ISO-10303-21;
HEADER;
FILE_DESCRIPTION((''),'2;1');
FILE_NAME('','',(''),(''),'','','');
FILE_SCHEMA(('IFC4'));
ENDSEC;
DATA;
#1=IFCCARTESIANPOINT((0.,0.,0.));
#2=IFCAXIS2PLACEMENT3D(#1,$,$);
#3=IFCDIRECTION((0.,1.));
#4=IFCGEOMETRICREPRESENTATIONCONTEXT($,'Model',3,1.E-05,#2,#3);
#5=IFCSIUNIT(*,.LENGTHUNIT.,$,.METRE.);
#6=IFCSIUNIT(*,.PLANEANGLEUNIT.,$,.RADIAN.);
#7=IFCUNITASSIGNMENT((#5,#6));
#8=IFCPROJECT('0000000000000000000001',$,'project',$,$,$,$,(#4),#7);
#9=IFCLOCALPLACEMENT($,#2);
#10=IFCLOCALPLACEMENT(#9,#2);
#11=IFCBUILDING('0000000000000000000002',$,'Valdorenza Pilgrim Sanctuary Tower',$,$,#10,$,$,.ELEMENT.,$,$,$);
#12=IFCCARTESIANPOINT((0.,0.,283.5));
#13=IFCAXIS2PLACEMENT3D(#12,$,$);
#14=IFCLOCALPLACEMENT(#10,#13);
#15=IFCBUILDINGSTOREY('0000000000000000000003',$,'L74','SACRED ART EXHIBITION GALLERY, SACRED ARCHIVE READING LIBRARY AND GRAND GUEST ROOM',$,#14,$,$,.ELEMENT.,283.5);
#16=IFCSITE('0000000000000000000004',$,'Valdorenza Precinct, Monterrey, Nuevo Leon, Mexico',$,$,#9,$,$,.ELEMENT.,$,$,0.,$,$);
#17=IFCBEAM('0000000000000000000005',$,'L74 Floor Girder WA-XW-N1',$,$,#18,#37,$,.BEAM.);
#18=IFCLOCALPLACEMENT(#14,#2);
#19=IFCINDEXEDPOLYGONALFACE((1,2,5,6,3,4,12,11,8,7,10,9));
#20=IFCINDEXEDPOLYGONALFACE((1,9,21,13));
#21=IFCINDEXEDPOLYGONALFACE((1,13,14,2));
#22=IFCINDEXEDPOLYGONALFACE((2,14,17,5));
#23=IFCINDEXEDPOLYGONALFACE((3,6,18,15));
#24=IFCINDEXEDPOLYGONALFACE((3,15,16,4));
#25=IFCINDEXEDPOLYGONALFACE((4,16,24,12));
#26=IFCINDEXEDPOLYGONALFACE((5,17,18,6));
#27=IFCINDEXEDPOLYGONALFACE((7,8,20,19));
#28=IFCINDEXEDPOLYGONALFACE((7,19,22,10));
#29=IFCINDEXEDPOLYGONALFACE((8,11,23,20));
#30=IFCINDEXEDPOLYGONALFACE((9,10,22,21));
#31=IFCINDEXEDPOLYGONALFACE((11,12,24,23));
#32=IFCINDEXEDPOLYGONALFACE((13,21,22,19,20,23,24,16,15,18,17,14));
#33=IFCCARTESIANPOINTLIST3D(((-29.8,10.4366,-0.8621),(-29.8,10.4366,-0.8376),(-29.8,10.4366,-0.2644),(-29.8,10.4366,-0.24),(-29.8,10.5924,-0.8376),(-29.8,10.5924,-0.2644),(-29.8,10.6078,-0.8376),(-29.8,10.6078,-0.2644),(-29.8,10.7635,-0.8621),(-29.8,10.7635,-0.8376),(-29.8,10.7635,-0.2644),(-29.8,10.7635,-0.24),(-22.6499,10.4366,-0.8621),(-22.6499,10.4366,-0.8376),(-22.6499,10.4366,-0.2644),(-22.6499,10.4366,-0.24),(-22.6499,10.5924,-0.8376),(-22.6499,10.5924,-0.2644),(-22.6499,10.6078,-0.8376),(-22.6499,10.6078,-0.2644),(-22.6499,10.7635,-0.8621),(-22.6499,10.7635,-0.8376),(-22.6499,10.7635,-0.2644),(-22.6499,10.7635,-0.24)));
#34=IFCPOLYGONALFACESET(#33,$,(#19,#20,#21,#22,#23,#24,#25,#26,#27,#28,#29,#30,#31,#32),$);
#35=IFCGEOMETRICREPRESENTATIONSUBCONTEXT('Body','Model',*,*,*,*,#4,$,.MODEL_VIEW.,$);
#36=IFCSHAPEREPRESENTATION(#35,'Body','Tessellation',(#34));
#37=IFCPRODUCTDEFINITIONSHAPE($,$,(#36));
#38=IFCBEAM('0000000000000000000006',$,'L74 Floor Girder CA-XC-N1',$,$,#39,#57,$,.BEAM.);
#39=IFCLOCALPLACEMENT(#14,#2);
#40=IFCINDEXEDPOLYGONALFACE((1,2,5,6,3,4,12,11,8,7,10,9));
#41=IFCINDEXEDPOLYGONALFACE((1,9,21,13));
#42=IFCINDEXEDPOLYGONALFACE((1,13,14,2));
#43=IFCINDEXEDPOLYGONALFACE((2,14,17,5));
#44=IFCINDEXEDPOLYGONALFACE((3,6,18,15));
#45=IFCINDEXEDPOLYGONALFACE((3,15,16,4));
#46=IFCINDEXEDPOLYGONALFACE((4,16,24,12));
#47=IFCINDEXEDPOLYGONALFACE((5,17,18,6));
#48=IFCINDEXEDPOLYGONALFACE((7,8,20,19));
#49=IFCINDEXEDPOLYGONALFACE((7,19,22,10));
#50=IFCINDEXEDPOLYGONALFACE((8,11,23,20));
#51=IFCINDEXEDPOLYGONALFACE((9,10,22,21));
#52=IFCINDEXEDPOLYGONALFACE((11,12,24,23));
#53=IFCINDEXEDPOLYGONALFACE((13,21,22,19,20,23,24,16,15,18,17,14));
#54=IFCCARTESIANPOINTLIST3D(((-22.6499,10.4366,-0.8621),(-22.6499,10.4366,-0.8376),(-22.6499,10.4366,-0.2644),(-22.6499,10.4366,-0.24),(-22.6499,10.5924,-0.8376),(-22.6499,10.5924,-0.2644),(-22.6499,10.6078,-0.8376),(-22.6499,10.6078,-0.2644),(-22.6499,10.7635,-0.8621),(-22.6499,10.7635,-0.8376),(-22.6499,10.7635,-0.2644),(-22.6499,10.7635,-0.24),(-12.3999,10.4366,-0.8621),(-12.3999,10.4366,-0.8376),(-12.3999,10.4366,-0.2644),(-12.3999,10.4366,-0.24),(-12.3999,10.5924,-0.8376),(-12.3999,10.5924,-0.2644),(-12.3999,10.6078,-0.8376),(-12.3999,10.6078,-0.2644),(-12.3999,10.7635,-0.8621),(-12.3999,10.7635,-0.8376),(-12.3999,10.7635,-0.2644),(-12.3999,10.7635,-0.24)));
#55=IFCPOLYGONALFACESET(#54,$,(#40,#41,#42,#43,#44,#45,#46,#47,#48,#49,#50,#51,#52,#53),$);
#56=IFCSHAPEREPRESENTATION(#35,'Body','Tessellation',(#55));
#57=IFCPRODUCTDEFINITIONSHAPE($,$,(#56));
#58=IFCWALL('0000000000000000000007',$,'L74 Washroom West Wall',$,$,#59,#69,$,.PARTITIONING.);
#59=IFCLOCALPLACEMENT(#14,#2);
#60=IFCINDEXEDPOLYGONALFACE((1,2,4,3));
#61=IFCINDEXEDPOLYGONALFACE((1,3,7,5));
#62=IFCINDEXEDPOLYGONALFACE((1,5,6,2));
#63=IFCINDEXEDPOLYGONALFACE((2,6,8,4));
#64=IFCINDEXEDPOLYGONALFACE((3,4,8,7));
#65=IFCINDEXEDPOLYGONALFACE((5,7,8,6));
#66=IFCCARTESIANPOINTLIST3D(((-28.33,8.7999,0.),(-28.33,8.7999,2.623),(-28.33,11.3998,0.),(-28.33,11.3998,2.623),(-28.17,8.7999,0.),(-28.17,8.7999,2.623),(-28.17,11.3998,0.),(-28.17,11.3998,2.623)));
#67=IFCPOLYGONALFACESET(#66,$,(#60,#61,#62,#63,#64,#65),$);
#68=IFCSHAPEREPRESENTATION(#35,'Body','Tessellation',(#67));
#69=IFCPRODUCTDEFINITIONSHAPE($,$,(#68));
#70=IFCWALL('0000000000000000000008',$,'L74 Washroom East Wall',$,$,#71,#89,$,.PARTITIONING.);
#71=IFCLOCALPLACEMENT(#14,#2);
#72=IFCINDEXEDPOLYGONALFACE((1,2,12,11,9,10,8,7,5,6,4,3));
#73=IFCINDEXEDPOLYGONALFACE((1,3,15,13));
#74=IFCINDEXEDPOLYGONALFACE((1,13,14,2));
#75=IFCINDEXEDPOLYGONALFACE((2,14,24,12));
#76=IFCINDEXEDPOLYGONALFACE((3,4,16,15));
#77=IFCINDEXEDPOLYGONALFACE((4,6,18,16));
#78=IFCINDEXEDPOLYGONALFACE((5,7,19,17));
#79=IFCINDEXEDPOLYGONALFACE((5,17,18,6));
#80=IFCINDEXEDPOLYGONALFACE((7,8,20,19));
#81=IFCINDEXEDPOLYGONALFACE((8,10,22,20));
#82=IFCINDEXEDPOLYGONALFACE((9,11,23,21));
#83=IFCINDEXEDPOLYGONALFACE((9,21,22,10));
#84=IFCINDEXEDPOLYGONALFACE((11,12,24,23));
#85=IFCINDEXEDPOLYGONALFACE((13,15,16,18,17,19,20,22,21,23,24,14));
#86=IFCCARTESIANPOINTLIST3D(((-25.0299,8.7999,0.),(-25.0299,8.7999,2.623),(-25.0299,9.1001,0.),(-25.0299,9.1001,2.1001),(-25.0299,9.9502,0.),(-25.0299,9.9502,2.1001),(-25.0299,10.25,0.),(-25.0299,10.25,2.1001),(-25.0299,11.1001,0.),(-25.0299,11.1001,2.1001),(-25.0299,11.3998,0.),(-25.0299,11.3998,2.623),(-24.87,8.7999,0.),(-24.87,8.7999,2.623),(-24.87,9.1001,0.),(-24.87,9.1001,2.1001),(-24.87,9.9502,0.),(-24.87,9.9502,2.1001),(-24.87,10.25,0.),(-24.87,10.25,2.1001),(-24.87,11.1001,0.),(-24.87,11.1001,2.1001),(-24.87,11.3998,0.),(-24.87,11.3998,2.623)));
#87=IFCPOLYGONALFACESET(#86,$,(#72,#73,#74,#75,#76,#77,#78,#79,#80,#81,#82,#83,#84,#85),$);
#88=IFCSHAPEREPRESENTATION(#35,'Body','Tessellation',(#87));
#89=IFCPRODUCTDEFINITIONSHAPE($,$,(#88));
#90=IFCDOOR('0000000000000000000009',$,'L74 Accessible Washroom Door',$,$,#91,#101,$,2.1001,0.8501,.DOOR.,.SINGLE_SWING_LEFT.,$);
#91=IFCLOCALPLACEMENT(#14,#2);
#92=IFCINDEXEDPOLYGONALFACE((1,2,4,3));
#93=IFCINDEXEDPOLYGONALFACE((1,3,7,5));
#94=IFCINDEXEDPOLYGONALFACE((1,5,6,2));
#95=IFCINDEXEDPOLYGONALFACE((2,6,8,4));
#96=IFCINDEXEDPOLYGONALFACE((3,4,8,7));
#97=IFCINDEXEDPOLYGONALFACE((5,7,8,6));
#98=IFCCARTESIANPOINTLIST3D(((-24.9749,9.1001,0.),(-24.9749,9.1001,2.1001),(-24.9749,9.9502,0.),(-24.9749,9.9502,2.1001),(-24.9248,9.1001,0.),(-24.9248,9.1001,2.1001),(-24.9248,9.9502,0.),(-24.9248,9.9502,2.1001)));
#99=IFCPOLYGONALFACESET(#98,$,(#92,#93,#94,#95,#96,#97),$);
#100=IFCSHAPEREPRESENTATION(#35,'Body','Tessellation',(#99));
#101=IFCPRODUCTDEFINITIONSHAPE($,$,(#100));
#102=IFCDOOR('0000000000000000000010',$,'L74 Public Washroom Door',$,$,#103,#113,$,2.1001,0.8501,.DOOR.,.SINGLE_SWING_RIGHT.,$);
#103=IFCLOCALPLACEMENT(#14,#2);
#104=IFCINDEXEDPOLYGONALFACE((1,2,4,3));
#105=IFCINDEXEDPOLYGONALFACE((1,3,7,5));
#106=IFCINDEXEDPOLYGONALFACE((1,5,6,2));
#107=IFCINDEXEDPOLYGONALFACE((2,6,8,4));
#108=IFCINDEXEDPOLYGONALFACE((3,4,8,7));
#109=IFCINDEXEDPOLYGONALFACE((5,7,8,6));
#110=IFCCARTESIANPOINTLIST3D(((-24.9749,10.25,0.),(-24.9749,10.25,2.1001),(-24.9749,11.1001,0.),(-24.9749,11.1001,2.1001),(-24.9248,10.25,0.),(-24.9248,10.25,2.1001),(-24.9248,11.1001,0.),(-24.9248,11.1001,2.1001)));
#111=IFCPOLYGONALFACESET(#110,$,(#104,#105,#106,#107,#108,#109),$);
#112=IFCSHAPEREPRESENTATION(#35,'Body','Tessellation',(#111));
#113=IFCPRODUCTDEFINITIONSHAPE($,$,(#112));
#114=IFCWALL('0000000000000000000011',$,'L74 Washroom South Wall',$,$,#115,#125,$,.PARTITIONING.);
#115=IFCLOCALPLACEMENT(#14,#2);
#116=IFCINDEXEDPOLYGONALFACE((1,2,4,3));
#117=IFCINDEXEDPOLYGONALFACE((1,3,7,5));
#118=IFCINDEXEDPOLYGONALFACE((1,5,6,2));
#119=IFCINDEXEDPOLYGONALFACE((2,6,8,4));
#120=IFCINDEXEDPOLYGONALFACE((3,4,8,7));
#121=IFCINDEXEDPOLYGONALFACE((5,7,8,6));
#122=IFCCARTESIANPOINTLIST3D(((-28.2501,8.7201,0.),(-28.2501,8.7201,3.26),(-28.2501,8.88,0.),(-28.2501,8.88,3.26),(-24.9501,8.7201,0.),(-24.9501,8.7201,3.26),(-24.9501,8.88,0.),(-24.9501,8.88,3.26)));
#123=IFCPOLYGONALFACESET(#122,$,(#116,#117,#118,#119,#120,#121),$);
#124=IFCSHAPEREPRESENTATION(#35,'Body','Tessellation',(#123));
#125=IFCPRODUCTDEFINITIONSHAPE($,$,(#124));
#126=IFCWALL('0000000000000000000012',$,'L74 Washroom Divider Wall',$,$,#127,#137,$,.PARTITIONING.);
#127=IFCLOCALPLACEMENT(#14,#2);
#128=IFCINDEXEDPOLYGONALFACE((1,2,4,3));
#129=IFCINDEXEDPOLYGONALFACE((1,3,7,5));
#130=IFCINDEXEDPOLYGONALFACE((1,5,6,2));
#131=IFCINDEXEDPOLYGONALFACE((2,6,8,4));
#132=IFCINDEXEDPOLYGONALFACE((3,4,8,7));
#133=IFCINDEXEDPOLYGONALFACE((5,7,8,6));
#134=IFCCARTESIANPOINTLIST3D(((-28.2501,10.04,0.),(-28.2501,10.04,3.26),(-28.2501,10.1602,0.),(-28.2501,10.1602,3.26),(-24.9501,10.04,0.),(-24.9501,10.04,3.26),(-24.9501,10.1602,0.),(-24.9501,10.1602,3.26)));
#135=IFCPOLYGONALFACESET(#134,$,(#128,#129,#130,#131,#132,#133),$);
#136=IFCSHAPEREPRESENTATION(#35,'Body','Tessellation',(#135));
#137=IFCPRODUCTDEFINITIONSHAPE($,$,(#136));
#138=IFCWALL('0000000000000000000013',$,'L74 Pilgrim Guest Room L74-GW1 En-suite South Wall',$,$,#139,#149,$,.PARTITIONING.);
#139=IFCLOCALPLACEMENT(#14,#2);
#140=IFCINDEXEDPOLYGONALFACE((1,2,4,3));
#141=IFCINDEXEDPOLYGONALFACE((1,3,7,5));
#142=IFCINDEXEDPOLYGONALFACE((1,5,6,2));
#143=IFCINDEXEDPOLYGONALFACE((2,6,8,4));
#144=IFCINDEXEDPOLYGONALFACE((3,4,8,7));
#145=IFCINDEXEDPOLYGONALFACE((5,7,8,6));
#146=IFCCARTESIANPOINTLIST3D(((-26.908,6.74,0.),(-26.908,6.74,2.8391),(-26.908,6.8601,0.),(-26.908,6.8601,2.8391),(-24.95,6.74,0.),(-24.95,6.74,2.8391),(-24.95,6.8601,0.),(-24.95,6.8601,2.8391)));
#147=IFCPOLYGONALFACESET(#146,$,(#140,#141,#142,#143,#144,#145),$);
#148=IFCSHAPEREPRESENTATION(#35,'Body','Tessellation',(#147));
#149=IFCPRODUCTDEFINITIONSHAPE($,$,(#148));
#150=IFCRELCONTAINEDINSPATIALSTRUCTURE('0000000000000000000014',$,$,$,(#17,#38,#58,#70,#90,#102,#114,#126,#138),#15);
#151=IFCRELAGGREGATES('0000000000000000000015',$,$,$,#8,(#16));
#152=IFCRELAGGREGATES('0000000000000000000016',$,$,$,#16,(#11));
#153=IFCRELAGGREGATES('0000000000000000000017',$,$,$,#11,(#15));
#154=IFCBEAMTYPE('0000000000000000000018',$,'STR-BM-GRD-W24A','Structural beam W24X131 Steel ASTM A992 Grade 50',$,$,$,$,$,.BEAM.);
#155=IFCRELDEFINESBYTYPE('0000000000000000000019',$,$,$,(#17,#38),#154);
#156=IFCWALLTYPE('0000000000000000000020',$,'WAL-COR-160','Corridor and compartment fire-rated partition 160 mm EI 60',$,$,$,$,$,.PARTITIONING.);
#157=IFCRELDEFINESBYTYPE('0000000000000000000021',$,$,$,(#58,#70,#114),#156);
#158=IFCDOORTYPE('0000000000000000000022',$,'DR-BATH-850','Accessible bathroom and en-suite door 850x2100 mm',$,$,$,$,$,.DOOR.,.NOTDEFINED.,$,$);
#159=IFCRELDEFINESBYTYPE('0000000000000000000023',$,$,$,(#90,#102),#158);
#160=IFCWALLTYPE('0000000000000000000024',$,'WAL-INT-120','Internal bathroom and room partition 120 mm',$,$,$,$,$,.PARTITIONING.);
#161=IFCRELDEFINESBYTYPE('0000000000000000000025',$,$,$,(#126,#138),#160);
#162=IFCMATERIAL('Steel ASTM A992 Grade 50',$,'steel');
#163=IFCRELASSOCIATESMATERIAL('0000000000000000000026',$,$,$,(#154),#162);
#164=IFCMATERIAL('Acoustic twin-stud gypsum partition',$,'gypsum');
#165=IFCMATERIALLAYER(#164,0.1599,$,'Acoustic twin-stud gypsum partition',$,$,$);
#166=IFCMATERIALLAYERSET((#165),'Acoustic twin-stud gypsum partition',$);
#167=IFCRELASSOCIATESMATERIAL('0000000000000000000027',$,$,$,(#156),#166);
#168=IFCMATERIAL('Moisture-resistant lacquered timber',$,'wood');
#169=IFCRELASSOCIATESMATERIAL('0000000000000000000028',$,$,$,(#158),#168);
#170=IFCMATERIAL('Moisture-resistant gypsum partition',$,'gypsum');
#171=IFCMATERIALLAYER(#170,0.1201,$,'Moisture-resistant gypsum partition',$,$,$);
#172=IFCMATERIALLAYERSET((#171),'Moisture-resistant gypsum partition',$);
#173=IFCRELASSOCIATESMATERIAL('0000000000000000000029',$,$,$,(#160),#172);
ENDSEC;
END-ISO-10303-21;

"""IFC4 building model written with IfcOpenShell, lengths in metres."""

from ifc_helpers import new_model, si_unit, direction, frame, frame_2d, origin, origin_2d, place, context, subcontext, project, spatial, rectangle, i_section, extrude, source, transform, mapped, material, layer, layer_set, material_profile, profile_set, type_object, element, fill, save


model = new_model("IFC4")

# Units and contexts
model_context = context("Model", 3, precision=1e-05, world=origin(), true_north=direction((0.0, 1.0)))
body_context = subcontext(model_context, "Body", "Model", "MODEL_VIEW")
ifc_project = project(units=[si_unit("LENGTHUNIT", "METRE"), si_unit("PLANEANGLEUNIT", "RADIAN")], contexts=[model_context])

# Site, building, storey
site_placement = place(None, origin())
site = spatial("IfcSite", under=ifc_project, at=site_placement, Name="Valdorenza Precinct, Monterrey, Nuevo Leon, Mexico", CompositionType="ELEMENT", RefElevation=0.0)
building_placement = place(site_placement, origin())
building = spatial("IfcBuilding", under=site, at=building_placement, Name="Valdorenza Pilgrim Sanctuary Tower", CompositionType="ELEMENT")
storey_placement = place(building_placement, frame((0.0, 0.0, 283.5)))
storey = spatial("IfcBuildingStorey", under=building, at=storey_placement, Name="L74", Description="SACRED ART EXHIBITION GALLERY, SACRED ARCHIVE READING LIBRARY AND GRAND GUEST ROOM", CompositionType="ELEMENT", Elevation=283.5)

# Beams
ifc_material_1 = material(Name="Steel ASTM A992 Grade 50", Category="steel")
ifc_material_profile_1 = material_profile(ifc_material_1, i_section(OverallWidth=0.3269, OverallDepth=0.6221, WebThickness=0.0154, FlangeThickness=0.0244, at=origin_2d()), Name="W24X131")
ifc_profile_set_1 = profile_set([ifc_material_profile_1], Name="Steel ASTM A992 Grade 50")
beam_type_1 = type_object("IfcBeamType", Name="STR-BM-GRD-W24A", Description="Structural beam W24X131 Steel ASTM A992 Grade 50", PredefinedType="BEAM", material=ifc_profile_set_1)
shared_shape_1 = source(origin(), body_context, "Body", "SweptSolid", [
    extrude(i_section(OverallWidth=0.3269, OverallDepth=0.6221, WebThickness=0.0154, FlangeThickness=0.0244, at=origin_2d()), origin(), (0.0, 0.0, 1.0), 7.1501),
])
beam_1_placement = place(storey_placement, frame((-29.8, 10.6001, -0.551), z_axis=(1.0, 0.0, 0.0), x_axis=(0.0, 1.0, 0.0)))
element("IfcBeam", 1, at=beam_1_placement, inside=storey, type_object=beam_type_1, Name="L74 Floor Girder WA-XW-N1", PredefinedType="BEAM", context=body_context, shape_type="MappedRepresentation", body=[
    mapped(shared_shape_1, transform((0.0, 0.0, 0.0), x_axis=(1.0, 0.0, 0.0), y_axis=(0.0, 1.0, 0.0), z_axis=(0.0, 0.0, 1.0), scale=1.0)),
])
shared_shape_2 = source(origin(), body_context, "Body", "SweptSolid", [
    extrude(i_section(OverallWidth=0.3269, OverallDepth=0.6221, WebThickness=0.0154, FlangeThickness=0.0244, at=origin_2d()), origin(), (0.0, 0.0, 1.0), 10.25),
])
beam_2_placement = place(storey_placement, frame((-22.6499, 10.6001, -0.551), z_axis=(1.0, 0.0, 0.0), x_axis=(0.0, 1.0, 0.0)))
element("IfcBeam", 2, at=beam_2_placement, inside=storey, type_object=beam_type_1, Name="L74 Floor Girder CA-XC-N1", PredefinedType="BEAM", context=body_context, shape_type="MappedRepresentation", body=[
    mapped(shared_shape_2, transform((0.0, 0.0, 0.0), x_axis=(1.0, 0.0, 0.0), y_axis=(0.0, 1.0, 0.0), z_axis=(0.0, 0.0, 1.0), scale=1.0)),
])

# Wall
ifc_material_2 = material(Name="Acoustic twin-stud gypsum partition", Category="gypsum")
ifc_layer_1 = layer(ifc_material_2, 0.1599, Name="Acoustic twin-stud gypsum partition")
ifc_layer_set_1 = layer_set([ifc_layer_1], Name="Acoustic twin-stud gypsum partition")
wall_type_1 = type_object("IfcWallType", Name="WAL-COR-160", Description="Corridor and compartment fire-rated partition 160 mm EI 60", PredefinedType="PARTITIONING", material=ifc_layer_set_1)
wall_1_placement = place(storey_placement, frame((-28.25, 8.8, 0.0), z_axis=(0.0, 0.0, 1.0), x_axis=(0.0, 1.0, 0.0)))
element("IfcWall", 3, at=wall_1_placement, inside=storey, type_object=wall_type_1, Name="L74 Washroom West Wall", PredefinedType="PARTITIONING", context=body_context, shape_type="SweptSolid", body=[
    extrude(rectangle(XDim=2.5999, YDim=0.1599, at=frame_2d((1.2998, 0.0))), origin(), (0.0, 0.0, 1.0), 2.623),
])

# Wall, openings, doors
wall_2_placement = place(storey_placement, frame((-24.95, 8.8, 0.0), z_axis=(0.0, 0.0, 1.0), x_axis=(0.0, 1.0, 0.0)))
wall_2 = element("IfcWall", 4, at=wall_2_placement, inside=storey, type_object=wall_type_1, Name="L74 Washroom East Wall", PredefinedType="PARTITIONING", context=body_context, shape_type="SweptSolid", body=[
    extrude(rectangle(XDim=2.5999, YDim=0.1599, at=frame_2d((1.2998, 0.0))), origin(), (0.0, 0.0, 1.0), 2.623),
])
opening_1_placement = place(wall_2_placement, frame((0.3, 0.0, 0.0)))
opening_1 = element("IfcOpeningElement", 5, at=opening_1_placement, cuts=wall_2, PredefinedType="OPENING", context=body_context, shape_type="SweptSolid", body=[
    extrude(rectangle(XDim=0.8501, YDim=2.1001, at=frame_2d((0.425, 1.05))), frame((0.0, 0.0947, 0.0), z_axis=(0.0, -1.0, 0.0), x_axis=(1.0, 0.0, 0.0)), (0.0, 0.0, 1.0), 0.1897),
])
opening_2_placement = place(wall_2_placement, frame((1.45, 0.0, 0.0)))
opening_2 = element("IfcOpeningElement", 6, at=opening_2_placement, cuts=wall_2, PredefinedType="OPENING", context=body_context, shape_type="SweptSolid", body=[
    extrude(rectangle(XDim=0.8501, YDim=2.1001, at=frame_2d((0.425, 1.05))), frame((0.0, 0.0947, 0.0), z_axis=(0.0, -1.0, 0.0), x_axis=(1.0, 0.0, 0.0)), (0.0, 0.0, 1.0), 0.1897),
])
ifc_material_3 = material(Name="Moisture-resistant lacquered timber", Category="wood")
door_type = type_object("IfcDoorType", Name="DR-BATH-850", Description="Accessible bathroom and en-suite door 850x2100 mm", OperationType="NOTDEFINED", PredefinedType="DOOR", material=ifc_material_3)
door_1_placement = place(opening_1_placement, origin())
door_1 = element("IfcDoor", 7, at=door_1_placement, inside=storey, type_object=door_type, Name="L74 Accessible Washroom Door", OperationType="SINGLE_SWING_LEFT", OverallHeight=2.1001, OverallWidth=0.8501, PredefinedType="DOOR", context=body_context, shape_type="SweptSolid", body=[
    extrude(rectangle(XDim=0.8501, YDim=2.1001, at=frame_2d((0.425, 1.05))), frame((0.0, 0.0249, 0.0), z_axis=(0.0, -1.0, 0.0), x_axis=(1.0, 0.0, 0.0)), (0.0, 0.0, 1.0), 0.05),
])
fill(opening_1, door_1)
door_2_placement = place(opening_2_placement, origin())
door_2 = element("IfcDoor", 8, at=door_2_placement, inside=storey, type_object=door_type, Name="L74 Public Washroom Door", OperationType="SINGLE_SWING_RIGHT", OverallHeight=2.1001, OverallWidth=0.8501, PredefinedType="DOOR", context=body_context, shape_type="SweptSolid", body=[
    extrude(rectangle(XDim=0.8501, YDim=2.1001, at=frame_2d((0.425, 1.05))), frame((0.0, 0.0249, 0.0), z_axis=(0.0, -1.0, 0.0), x_axis=(1.0, 0.0, 0.0)), (0.0, 0.0, 1.0), 0.05),
])
fill(opening_2, door_2)

# Walls
wall_3_placement = place(storey_placement, frame((-28.25, 8.8, 0.0), z_axis=(0.0, 0.0, 1.0), x_axis=(1.0, 0.0, 0.0)))
element("IfcWall", 9, at=wall_3_placement, inside=storey, type_object=wall_type_1, Name="L74 Washroom South Wall", PredefinedType="PARTITIONING", context=body_context, shape_type="SweptSolid", body=[
    extrude(rectangle(XDim=3.3, YDim=0.1599, at=frame_2d((1.6499, 0.0))), origin(), (0.0, 0.0, 1.0), 3.26),
])
ifc_material_4 = material(Name="Moisture-resistant gypsum partition", Category="gypsum")
ifc_layer_2 = layer(ifc_material_4, 0.1201, Name="Moisture-resistant gypsum partition")
ifc_layer_set_2 = layer_set([ifc_layer_2], Name="Moisture-resistant gypsum partition")
wall_type_2 = type_object("IfcWallType", Name="WAL-INT-120", Description="Internal bathroom and room partition 120 mm", PredefinedType="PARTITIONING", material=ifc_layer_set_2)
wall_4_placement = place(storey_placement, frame((-28.25, 10.1001, 0.0), z_axis=(0.0, 0.0, 1.0), x_axis=(1.0, 0.0, 0.0)))
element("IfcWall", 10, at=wall_4_placement, inside=storey, type_object=wall_type_2, Name="L74 Washroom Divider Wall", PredefinedType="PARTITIONING", context=body_context, shape_type="SweptSolid", body=[
    extrude(rectangle(XDim=3.3, YDim=0.1201, at=frame_2d((1.6499, 0.0))), origin(), (0.0, 0.0, 1.0), 3.26),
])
wall_5_placement = place(storey_placement, frame((-26.908, 6.8, 0.0), z_axis=(0.0, 0.0, 1.0), x_axis=(1.0, 0.0, 0.0)))
element("IfcWall", 11, at=wall_5_placement, inside=storey, type_object=wall_type_2, Name="L74 Pilgrim Guest Room L74-GW1 En-suite South Wall", PredefinedType="PARTITIONING", context=body_context, shape_type="SweptSolid", body=[
    extrude(rectangle(XDim=1.958, YDim=0.1201, at=frame_2d((0.979, 0.0))), origin(), (0.0, 0.0, 1.0), 2.8391),
])

save(model, "model.ifc")
